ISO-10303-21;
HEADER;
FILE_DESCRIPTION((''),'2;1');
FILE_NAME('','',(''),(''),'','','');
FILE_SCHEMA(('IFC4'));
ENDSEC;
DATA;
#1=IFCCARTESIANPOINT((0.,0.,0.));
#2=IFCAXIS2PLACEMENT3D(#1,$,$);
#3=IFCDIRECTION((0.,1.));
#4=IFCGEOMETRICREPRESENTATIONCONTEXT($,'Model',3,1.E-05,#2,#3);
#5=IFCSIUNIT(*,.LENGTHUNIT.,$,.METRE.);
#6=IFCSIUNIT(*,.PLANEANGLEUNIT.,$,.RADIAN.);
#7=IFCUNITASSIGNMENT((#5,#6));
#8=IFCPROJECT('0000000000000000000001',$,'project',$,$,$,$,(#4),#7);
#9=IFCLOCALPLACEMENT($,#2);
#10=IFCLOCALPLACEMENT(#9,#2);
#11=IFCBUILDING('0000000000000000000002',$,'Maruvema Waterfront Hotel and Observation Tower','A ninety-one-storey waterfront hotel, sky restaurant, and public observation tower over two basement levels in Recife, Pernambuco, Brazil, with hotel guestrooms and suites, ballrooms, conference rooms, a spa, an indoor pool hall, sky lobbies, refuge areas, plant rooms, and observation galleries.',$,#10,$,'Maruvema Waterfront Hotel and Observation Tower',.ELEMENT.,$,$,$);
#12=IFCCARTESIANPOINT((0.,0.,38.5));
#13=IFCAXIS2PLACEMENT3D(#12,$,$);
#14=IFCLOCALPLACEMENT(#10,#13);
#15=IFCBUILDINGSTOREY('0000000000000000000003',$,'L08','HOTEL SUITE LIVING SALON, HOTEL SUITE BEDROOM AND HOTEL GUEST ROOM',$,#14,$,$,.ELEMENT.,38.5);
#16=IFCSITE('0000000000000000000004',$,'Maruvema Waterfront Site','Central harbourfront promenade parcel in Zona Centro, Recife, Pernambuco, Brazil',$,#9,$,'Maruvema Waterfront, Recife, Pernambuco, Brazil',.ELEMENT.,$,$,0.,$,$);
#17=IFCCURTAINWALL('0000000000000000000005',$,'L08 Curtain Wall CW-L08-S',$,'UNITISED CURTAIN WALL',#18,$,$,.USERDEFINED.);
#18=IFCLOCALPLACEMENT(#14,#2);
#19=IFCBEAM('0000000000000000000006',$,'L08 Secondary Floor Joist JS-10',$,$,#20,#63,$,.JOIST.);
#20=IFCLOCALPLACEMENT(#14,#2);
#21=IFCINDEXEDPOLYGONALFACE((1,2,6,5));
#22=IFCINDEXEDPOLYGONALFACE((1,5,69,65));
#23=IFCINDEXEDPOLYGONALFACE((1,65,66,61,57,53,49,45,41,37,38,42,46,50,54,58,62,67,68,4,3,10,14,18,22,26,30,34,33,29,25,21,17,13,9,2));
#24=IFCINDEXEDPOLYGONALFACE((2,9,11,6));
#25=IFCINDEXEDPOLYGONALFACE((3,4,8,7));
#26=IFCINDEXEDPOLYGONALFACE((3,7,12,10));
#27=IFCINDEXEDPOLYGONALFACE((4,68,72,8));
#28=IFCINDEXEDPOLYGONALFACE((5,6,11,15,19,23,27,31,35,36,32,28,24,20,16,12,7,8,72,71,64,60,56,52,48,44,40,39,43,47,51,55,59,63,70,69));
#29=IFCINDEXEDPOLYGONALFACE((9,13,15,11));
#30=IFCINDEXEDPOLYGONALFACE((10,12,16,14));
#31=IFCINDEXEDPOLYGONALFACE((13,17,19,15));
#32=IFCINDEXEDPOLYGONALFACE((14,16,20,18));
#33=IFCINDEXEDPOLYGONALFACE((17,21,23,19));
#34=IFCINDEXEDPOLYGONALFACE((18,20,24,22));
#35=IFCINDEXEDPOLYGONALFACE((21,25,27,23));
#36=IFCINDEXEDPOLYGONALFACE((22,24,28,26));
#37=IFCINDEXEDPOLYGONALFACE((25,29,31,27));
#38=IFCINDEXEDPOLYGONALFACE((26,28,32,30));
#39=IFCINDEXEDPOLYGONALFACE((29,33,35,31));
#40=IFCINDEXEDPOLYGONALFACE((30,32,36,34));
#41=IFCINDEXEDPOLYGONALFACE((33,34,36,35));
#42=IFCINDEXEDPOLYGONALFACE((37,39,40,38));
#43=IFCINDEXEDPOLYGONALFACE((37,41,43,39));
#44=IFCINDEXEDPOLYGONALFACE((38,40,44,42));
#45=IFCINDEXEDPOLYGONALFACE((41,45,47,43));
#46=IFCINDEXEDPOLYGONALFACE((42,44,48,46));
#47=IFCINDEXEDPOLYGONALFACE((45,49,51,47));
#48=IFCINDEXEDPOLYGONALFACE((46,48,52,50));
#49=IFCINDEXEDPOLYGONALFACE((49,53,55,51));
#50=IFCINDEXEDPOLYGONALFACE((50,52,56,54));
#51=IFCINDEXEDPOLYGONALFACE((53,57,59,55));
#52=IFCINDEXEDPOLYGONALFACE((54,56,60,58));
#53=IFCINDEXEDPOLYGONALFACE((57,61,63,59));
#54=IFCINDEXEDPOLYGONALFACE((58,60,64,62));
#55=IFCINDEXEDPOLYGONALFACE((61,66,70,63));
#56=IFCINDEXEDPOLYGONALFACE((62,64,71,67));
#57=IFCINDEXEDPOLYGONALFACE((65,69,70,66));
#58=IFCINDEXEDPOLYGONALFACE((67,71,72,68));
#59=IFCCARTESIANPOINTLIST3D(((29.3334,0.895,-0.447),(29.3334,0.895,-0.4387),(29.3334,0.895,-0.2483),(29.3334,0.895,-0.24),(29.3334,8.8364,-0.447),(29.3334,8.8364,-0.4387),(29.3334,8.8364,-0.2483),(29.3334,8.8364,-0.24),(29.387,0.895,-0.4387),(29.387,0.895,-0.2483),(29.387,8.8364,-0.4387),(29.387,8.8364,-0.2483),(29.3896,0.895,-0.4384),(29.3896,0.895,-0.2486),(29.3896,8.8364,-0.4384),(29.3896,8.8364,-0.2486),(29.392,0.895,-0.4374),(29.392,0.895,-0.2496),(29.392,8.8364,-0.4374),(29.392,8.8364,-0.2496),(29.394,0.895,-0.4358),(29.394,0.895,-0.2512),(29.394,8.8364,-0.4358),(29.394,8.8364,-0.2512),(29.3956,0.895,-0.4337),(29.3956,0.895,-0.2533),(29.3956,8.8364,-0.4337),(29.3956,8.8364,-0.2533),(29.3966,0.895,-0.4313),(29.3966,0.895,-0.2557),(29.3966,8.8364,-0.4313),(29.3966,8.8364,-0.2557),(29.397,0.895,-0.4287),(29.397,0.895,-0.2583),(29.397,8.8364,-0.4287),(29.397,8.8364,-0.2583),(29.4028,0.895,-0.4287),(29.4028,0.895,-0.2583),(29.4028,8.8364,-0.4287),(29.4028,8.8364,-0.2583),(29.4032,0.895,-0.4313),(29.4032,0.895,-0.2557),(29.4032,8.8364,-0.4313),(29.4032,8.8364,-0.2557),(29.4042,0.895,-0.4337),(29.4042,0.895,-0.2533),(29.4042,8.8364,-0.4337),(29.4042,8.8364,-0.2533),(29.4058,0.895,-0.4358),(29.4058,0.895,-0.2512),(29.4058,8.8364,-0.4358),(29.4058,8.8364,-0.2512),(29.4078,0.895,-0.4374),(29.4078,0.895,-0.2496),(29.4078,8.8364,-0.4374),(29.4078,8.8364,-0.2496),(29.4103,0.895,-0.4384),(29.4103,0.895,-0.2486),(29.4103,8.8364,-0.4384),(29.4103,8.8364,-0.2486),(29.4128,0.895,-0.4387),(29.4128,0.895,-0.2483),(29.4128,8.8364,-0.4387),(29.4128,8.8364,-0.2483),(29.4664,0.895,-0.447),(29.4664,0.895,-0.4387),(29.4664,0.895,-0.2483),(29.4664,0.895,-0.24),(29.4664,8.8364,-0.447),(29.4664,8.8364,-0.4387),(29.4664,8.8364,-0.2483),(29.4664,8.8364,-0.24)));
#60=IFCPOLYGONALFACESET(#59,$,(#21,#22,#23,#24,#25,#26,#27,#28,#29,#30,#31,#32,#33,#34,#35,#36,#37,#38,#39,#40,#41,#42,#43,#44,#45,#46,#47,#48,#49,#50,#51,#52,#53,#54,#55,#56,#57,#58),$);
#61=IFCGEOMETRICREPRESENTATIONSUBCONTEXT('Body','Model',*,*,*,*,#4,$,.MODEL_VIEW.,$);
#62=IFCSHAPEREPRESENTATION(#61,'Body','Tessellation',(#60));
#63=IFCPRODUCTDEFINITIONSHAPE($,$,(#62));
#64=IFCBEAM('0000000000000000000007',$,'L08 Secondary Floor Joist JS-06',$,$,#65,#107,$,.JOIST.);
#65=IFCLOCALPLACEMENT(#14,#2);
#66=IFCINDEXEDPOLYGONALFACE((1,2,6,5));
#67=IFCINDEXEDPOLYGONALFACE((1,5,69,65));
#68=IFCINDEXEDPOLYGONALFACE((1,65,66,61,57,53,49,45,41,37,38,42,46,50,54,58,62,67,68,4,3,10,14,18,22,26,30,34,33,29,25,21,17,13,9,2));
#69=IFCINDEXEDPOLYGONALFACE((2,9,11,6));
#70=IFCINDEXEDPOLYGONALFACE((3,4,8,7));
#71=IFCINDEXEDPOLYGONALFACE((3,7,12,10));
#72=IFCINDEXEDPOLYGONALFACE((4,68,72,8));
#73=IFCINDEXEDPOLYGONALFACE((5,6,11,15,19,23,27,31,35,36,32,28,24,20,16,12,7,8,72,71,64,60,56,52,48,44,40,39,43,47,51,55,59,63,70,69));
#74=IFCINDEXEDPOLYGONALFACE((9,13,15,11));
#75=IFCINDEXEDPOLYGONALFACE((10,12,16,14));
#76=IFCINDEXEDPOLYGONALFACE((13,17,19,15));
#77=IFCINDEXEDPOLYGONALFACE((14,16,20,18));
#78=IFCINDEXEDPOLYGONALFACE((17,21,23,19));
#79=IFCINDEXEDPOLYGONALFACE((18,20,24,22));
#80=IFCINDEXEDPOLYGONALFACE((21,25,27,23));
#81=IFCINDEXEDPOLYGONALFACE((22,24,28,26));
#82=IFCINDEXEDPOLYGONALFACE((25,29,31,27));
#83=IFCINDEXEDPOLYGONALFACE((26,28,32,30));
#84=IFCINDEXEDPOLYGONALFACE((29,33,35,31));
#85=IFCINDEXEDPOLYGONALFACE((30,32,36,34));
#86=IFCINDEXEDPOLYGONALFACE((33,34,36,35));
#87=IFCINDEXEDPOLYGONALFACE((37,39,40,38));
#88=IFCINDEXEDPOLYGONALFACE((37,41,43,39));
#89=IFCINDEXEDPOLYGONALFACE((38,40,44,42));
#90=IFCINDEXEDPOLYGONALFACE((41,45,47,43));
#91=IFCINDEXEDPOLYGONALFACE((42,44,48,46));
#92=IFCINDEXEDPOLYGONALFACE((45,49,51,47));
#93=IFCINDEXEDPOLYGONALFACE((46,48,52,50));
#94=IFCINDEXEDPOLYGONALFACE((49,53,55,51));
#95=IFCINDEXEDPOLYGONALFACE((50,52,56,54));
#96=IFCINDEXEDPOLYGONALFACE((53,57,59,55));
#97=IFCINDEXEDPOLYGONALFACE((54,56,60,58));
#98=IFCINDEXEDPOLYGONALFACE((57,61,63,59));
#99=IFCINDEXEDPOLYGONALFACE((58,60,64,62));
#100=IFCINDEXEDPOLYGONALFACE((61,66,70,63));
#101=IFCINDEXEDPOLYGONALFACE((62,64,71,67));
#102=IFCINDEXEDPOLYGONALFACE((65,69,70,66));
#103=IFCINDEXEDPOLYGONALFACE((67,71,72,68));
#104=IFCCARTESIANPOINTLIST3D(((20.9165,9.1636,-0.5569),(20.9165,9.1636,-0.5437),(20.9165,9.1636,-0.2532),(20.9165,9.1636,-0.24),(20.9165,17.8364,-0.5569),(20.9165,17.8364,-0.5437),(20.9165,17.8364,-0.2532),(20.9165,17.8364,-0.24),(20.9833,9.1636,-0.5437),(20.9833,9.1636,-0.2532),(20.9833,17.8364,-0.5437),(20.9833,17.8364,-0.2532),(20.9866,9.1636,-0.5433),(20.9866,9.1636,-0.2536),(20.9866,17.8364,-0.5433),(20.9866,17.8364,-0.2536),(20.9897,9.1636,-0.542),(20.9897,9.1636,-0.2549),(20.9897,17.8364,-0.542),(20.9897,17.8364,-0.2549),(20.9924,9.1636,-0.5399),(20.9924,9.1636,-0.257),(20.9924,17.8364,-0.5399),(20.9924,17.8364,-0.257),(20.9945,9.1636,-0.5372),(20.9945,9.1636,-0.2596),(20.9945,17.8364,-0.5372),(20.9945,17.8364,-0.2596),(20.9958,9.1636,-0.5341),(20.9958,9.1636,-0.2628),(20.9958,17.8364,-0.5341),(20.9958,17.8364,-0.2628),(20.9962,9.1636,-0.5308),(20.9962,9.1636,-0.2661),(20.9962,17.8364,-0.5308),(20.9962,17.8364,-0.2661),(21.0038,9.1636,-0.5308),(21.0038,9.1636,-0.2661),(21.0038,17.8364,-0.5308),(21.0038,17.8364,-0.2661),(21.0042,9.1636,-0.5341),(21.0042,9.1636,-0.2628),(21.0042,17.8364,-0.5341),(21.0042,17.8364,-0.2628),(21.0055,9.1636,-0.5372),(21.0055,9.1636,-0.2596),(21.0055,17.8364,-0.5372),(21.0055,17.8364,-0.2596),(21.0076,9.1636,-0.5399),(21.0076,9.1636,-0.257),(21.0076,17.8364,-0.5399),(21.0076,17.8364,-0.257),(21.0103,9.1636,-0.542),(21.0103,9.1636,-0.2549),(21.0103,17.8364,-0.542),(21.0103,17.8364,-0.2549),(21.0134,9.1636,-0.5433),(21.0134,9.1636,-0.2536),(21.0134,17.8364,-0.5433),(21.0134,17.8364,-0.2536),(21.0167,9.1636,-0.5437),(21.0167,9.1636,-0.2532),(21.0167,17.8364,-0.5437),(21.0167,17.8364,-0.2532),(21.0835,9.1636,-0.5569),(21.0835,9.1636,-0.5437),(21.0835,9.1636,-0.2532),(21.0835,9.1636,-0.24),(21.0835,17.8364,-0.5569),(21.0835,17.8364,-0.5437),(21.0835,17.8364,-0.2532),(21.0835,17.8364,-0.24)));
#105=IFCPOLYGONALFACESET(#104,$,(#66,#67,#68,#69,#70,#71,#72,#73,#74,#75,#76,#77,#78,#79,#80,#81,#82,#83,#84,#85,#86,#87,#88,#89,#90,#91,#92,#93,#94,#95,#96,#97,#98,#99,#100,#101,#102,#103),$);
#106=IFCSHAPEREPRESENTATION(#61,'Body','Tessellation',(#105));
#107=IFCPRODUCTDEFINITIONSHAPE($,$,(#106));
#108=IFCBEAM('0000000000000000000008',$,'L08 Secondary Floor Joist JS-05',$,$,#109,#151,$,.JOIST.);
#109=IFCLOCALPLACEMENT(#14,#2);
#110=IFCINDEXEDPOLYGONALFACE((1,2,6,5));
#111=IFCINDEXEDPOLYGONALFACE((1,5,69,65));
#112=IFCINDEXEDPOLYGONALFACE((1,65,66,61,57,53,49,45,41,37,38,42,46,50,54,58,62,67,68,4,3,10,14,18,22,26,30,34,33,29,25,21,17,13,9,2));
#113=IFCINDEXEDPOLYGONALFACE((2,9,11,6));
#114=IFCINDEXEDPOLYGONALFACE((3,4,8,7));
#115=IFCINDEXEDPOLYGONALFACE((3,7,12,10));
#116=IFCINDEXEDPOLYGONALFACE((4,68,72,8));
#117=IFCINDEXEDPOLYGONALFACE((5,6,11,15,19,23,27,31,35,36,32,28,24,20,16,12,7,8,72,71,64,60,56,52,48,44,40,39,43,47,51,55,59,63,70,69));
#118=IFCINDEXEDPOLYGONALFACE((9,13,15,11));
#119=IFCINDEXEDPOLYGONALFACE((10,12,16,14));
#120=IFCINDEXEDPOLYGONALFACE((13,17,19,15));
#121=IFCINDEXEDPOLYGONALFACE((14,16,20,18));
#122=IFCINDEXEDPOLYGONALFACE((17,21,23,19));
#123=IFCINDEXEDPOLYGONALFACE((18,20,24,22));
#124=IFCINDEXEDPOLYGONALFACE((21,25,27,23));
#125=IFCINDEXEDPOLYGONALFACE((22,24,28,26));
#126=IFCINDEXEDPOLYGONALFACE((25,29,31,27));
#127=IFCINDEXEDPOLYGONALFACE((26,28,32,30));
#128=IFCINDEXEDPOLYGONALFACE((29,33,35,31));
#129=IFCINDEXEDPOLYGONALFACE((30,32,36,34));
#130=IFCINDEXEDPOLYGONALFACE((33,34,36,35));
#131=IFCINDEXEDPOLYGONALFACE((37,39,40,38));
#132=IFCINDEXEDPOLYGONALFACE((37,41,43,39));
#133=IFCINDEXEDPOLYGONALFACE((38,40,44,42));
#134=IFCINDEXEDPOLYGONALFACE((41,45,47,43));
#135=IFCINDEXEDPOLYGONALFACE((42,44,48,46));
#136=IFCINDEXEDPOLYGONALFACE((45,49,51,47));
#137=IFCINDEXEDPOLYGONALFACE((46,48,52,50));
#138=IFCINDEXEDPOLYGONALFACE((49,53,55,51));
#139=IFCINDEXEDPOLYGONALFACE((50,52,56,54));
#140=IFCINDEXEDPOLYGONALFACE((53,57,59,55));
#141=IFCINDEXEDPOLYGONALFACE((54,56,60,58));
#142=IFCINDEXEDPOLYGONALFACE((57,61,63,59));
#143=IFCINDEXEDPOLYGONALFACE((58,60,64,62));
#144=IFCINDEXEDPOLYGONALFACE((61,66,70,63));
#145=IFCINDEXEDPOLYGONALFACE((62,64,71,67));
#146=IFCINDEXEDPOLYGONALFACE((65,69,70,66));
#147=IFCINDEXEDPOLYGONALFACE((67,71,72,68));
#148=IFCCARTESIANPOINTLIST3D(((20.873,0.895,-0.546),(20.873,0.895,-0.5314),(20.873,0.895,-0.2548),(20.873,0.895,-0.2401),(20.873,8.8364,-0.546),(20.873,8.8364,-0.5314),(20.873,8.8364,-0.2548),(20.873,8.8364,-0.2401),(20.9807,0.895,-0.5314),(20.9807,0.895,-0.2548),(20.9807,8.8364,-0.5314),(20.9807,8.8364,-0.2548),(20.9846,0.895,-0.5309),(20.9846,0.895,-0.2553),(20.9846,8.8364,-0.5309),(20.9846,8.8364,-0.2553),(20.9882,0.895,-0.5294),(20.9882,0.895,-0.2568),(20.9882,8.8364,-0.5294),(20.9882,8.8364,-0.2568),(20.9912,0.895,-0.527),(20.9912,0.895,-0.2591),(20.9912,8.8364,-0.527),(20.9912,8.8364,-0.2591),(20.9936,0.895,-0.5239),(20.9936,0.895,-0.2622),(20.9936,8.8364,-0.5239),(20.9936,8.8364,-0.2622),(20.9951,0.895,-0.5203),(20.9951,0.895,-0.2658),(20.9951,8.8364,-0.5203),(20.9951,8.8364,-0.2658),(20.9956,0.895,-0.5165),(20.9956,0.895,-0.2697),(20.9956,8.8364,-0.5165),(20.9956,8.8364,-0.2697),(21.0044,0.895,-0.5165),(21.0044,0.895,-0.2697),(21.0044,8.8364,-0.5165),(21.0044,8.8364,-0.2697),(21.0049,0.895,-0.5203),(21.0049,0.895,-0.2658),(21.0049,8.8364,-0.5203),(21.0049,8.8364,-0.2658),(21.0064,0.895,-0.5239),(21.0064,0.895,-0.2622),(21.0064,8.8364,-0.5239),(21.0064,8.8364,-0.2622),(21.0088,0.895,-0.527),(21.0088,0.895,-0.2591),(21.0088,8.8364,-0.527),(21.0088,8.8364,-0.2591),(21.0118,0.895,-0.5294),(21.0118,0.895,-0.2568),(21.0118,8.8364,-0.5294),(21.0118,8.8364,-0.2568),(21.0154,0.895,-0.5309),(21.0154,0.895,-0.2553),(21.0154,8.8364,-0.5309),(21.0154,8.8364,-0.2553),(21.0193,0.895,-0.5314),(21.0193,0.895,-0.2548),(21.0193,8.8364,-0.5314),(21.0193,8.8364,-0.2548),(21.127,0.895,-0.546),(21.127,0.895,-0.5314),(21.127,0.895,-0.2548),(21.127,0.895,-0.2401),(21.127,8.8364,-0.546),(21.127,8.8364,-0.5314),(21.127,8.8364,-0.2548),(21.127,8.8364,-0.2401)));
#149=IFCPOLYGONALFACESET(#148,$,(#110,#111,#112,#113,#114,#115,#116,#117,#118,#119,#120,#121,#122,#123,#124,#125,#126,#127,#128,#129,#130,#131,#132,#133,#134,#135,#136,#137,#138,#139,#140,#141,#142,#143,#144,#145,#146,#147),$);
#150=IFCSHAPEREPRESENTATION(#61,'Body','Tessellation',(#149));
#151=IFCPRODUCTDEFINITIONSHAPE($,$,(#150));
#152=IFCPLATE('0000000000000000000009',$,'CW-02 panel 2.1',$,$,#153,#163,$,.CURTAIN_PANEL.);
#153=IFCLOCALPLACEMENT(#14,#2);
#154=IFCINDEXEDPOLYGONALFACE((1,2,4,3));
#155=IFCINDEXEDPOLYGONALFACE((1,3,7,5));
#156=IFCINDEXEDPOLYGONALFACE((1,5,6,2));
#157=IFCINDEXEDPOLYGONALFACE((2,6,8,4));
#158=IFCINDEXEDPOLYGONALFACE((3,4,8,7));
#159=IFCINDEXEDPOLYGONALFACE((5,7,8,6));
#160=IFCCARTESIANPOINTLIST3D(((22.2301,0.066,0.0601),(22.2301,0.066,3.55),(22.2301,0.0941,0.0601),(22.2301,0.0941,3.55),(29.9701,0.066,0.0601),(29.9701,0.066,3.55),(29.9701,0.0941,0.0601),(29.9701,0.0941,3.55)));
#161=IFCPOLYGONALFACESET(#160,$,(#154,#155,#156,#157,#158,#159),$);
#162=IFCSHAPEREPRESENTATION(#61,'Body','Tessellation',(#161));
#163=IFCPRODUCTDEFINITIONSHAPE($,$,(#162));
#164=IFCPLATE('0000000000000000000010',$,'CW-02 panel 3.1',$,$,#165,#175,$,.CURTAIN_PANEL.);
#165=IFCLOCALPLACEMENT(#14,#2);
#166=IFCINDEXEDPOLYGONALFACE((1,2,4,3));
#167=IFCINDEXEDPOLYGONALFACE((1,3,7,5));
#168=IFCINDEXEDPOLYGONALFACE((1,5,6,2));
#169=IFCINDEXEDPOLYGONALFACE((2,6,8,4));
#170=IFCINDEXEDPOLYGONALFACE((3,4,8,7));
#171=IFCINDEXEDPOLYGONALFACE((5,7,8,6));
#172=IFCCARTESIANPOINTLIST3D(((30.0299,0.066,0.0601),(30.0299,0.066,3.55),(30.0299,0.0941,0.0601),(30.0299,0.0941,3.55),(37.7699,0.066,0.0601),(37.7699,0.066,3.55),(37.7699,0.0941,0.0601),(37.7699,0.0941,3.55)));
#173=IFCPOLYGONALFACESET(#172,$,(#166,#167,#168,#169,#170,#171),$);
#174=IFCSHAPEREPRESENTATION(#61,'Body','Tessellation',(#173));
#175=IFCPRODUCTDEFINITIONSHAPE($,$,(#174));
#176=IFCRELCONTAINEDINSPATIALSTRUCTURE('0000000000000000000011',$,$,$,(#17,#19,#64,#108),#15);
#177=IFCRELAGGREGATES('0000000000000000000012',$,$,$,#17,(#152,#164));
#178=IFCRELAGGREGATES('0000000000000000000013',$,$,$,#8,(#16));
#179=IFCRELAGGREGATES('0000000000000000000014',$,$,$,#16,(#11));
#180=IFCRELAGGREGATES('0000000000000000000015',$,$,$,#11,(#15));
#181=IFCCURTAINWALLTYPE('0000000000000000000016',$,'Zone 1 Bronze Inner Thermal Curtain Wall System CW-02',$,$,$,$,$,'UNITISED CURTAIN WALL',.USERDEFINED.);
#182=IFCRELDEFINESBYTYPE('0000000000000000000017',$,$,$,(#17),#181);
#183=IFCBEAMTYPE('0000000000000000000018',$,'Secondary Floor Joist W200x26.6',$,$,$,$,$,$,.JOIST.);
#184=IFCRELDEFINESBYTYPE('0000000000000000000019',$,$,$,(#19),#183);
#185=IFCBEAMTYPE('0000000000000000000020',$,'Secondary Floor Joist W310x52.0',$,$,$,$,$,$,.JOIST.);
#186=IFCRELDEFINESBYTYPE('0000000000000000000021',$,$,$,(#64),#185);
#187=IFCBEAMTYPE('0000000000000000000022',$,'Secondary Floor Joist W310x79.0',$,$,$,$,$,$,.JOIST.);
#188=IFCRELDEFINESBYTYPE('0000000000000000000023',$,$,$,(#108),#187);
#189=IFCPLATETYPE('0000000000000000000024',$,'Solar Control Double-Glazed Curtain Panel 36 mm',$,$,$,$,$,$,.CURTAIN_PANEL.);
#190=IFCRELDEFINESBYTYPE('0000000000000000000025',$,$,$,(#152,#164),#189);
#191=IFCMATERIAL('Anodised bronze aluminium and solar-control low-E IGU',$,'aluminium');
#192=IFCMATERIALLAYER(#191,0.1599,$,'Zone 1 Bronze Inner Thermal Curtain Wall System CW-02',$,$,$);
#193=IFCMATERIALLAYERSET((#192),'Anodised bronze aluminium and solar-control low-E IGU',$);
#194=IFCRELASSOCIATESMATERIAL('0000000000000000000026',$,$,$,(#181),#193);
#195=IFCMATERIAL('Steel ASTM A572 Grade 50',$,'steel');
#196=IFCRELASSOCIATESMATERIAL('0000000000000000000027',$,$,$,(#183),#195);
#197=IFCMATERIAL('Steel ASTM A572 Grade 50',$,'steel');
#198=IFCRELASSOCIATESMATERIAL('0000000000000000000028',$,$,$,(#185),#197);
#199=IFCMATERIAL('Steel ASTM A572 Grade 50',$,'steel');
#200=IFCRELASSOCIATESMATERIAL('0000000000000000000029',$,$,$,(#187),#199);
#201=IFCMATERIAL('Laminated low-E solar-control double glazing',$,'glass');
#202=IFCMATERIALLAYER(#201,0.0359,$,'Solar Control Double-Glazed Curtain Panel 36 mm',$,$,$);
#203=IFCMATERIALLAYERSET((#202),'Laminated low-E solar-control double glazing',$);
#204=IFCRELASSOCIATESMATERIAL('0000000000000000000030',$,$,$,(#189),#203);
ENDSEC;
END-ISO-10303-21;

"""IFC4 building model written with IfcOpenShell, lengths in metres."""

from ifc_helpers import new_model, si_unit, direction, frame, origin, origin_2d, place, context, subcontext, project, spatial, rectangle, i_section, extrude, material, layer, layer_set, material_profile, profile_set, type_object, element, aggregate, save


model = new_model("IFC4")

# Units and contexts
model_context = context("Model", 3, precision=1e-05, world=origin(), true_north=direction((0.0, 1.0)))
body_context = subcontext(model_context, "Body", "Model", "MODEL_VIEW")
ifc_project = project(units=[si_unit("LENGTHUNIT", "METRE"), si_unit("PLANEANGLEUNIT", "RADIAN")], contexts=[model_context])

# Site, building, storey
site_placement = place(None, origin())
site = spatial("IfcSite", under=ifc_project, at=site_placement, Name="Maruvema Waterfront Site", Description="Central harbourfront promenade parcel in Zona Centro, Recife, Pernambuco, Brazil", LongName="Maruvema Waterfront, Recife, Pernambuco, Brazil", CompositionType="ELEMENT", RefElevation=0.0)
building_placement = place(site_placement, origin())
building = spatial("IfcBuilding", under=site, at=building_placement, Name="Maruvema Waterfront Hotel and Observation Tower", Description="A ninety-one-storey waterfront hotel, sky restaurant, and public observation tower over two basement levels in Recife, Pernambuco, Brazil, with hotel guestrooms and suites, ballrooms, conference rooms, a spa, an indoor pool hall, sky lobbies, refuge areas, plant rooms, and observation galleries.", LongName="Maruvema Waterfront Hotel and Observation Tower", CompositionType="ELEMENT")
storey_placement = place(building_placement, frame((0.0, 0.0, 38.5)))
storey = spatial("IfcBuildingStorey", under=building, at=storey_placement, Name="L08", Description="HOTEL SUITE LIVING SALON, HOTEL SUITE BEDROOM AND HOTEL GUEST ROOM", CompositionType="ELEMENT", Elevation=38.5)

# Curtain wall
ifc_material_1 = material(Name="Anodised bronze aluminium and solar-control low-E IGU", Category="aluminium")
ifc_layer_1 = layer(ifc_material_1, 0.1599, Name="Zone 1 Bronze Inner Thermal Curtain Wall System CW-02")
ifc_layer_set_1 = layer_set([ifc_layer_1], Name="Anodised bronze aluminium and solar-control low-E IGU")
curtain_wall_type = type_object("IfcCurtainWallType", Name="Zone 1 Bronze Inner Thermal Curtain Wall System CW-02", ElementType="UNITISED CURTAIN WALL", PredefinedType="USERDEFINED", material=ifc_layer_set_1)
curtain_wall_placement = place(storey_placement, origin())
curtain_wall = element("IfcCurtainWall", 1, at=curtain_wall_placement, inside=storey, type_object=curtain_wall_type, Name="L08 Curtain Wall CW-L08-S", ObjectType="UNITISED CURTAIN WALL", PredefinedType="USERDEFINED")

# Beams
ifc_material_2 = material(Name="Steel ASTM A572 Grade 50", Category="steel")
ifc_material_profile_1 = material_profile(ifc_material_2, i_section(OverallWidth=0.1331, OverallDepth=0.207, WebThickness=0.0059, FlangeThickness=0.0083, FilletRadius=0.01, at=origin_2d()), Name="W200x26.6")
ifc_profile_set_1 = profile_set([ifc_material_profile_1], Name="Steel ASTM A572 Grade 50")
beam_type_1 = type_object("IfcBeamType", Name="Secondary Floor Joist W200x26.6", PredefinedType="JOIST", material=ifc_profile_set_1)
beam_1_placement = place(storey_placement, frame((29.3999, 0.895, -0.3435), z_axis=(0.0, 1.0, 0.0), x_axis=(-1.0, 0.0, 0.0)))
element("IfcBeam", 2, at=beam_1_placement, inside=storey, type_object=beam_type_1, Name="L08 Secondary Floor Joist JS-10", PredefinedType="JOIST", context=body_context, shape_type="SweptSolid", body=[
    extrude(i_section(OverallWidth=0.1331, OverallDepth=0.207, WebThickness=0.0059, FlangeThickness=0.0083, FilletRadius=0.01, at=origin_2d()), origin(), (0.0, 0.0, 1.0), 7.9414),
])
ifc_material_3 = material(Name="Steel ASTM A572 Grade 50", Category="steel")
ifc_material_profile_2 = material_profile(ifc_material_3, i_section(OverallWidth=0.167, OverallDepth=0.3169, WebThickness=0.0076, FlangeThickness=0.0132, FilletRadius=0.0129, at=origin_2d()), Name="W310x52.0")
ifc_profile_set_2 = profile_set([ifc_material_profile_2], Name="Steel ASTM A572 Grade 50")
beam_type_2 = type_object("IfcBeamType", Name="Secondary Floor Joist W310x52.0", PredefinedType="JOIST", material=ifc_profile_set_2)
beam_2_placement = place(storey_placement, frame((21.0, 9.1636, -0.3984), z_axis=(0.0, 1.0, 0.0), x_axis=(-1.0, 0.0, 0.0)))
element("IfcBeam", 3, at=beam_2_placement, inside=storey, type_object=beam_type_2, Name="L08 Secondary Floor Joist JS-06", PredefinedType="JOIST", context=body_context, shape_type="SweptSolid", body=[
    extrude(i_section(OverallWidth=0.167, OverallDepth=0.3169, WebThickness=0.0076, FlangeThickness=0.0132, FilletRadius=0.0129, at=origin_2d()), origin(), (0.0, 0.0, 1.0), 8.6729),
])
ifc_material_4 = material(Name="Steel ASTM A572 Grade 50", Category="steel")
ifc_material_profile_3 = material_profile(ifc_material_4, i_section(OverallWidth=0.2539, OverallDepth=0.3059, WebThickness=0.0088, FlangeThickness=0.0146, FilletRadius=0.0149, at=origin_2d()), Name="W310x79.0")
ifc_profile_set_3 = profile_set([ifc_material_profile_3], Name="Steel ASTM A572 Grade 50")
beam_type_3 = type_object("IfcBeamType", Name="Secondary Floor Joist W310x79.0", PredefinedType="JOIST", material=ifc_profile_set_3)
beam_3_placement = place(storey_placement, frame((21.0, 0.895, -0.3931), z_axis=(0.0, 1.0, 0.0), x_axis=(-1.0, 0.0, 0.0)))
element("IfcBeam", 4, at=beam_3_placement, inside=storey, type_object=beam_type_3, Name="L08 Secondary Floor Joist JS-05", PredefinedType="JOIST", context=body_context, shape_type="SweptSolid", body=[
    extrude(i_section(OverallWidth=0.2539, OverallDepth=0.3059, WebThickness=0.0088, FlangeThickness=0.0146, FilletRadius=0.0149, at=origin_2d()), origin(), (0.0, 0.0, 1.0), 7.9414),
])

# Plates
ifc_material_5 = material(Name="Laminated low-E solar-control double glazing", Category="glass")
ifc_layer_2 = layer(ifc_material_5, 0.0359, Name="Solar Control Double-Glazed Curtain Panel 36 mm")
ifc_layer_set_2 = layer_set([ifc_layer_2], Name="Laminated low-E solar-control double glazing")
plate_type = type_object("IfcPlateType", Name="Solar Control Double-Glazed Curtain Panel 36 mm", PredefinedType="CURTAIN_PANEL", material=ifc_layer_set_2)
plate_1_placement = place(storey_placement, frame((26.1001, 0.0801, 0.0601), z_axis=(0.0, 0.0, 1.0), x_axis=(1.0, 0.0, 0.0)))
plate_1 = element("IfcPlate", 5, at=plate_1_placement, type_object=plate_type, Name="CW-02 panel 2.1", PredefinedType="CURTAIN_PANEL", context=body_context, shape_type="SweptSolid", body=[
    extrude(rectangle(XDim=7.74, YDim=0.0281, at=origin_2d()), origin(), (0.0, 0.0, 1.0), 3.49),
])
plate_2_placement = place(storey_placement, frame((33.8999, 0.0801, 0.0601), z_axis=(0.0, 0.0, 1.0), x_axis=(1.0, 0.0, 0.0)))
plate_2 = element("IfcPlate", 6, at=plate_2_placement, type_object=plate_type, Name="CW-02 panel 3.1", PredefinedType="CURTAIN_PANEL", context=body_context, shape_type="SweptSolid", body=[
    extrude(rectangle(XDim=7.74, YDim=0.0281, at=origin_2d()), origin(), (0.0, 0.0, 1.0), 3.49),
])
aggregate(curtain_wall, [plate_1, plate_2])

save(model, "model.ifc")
